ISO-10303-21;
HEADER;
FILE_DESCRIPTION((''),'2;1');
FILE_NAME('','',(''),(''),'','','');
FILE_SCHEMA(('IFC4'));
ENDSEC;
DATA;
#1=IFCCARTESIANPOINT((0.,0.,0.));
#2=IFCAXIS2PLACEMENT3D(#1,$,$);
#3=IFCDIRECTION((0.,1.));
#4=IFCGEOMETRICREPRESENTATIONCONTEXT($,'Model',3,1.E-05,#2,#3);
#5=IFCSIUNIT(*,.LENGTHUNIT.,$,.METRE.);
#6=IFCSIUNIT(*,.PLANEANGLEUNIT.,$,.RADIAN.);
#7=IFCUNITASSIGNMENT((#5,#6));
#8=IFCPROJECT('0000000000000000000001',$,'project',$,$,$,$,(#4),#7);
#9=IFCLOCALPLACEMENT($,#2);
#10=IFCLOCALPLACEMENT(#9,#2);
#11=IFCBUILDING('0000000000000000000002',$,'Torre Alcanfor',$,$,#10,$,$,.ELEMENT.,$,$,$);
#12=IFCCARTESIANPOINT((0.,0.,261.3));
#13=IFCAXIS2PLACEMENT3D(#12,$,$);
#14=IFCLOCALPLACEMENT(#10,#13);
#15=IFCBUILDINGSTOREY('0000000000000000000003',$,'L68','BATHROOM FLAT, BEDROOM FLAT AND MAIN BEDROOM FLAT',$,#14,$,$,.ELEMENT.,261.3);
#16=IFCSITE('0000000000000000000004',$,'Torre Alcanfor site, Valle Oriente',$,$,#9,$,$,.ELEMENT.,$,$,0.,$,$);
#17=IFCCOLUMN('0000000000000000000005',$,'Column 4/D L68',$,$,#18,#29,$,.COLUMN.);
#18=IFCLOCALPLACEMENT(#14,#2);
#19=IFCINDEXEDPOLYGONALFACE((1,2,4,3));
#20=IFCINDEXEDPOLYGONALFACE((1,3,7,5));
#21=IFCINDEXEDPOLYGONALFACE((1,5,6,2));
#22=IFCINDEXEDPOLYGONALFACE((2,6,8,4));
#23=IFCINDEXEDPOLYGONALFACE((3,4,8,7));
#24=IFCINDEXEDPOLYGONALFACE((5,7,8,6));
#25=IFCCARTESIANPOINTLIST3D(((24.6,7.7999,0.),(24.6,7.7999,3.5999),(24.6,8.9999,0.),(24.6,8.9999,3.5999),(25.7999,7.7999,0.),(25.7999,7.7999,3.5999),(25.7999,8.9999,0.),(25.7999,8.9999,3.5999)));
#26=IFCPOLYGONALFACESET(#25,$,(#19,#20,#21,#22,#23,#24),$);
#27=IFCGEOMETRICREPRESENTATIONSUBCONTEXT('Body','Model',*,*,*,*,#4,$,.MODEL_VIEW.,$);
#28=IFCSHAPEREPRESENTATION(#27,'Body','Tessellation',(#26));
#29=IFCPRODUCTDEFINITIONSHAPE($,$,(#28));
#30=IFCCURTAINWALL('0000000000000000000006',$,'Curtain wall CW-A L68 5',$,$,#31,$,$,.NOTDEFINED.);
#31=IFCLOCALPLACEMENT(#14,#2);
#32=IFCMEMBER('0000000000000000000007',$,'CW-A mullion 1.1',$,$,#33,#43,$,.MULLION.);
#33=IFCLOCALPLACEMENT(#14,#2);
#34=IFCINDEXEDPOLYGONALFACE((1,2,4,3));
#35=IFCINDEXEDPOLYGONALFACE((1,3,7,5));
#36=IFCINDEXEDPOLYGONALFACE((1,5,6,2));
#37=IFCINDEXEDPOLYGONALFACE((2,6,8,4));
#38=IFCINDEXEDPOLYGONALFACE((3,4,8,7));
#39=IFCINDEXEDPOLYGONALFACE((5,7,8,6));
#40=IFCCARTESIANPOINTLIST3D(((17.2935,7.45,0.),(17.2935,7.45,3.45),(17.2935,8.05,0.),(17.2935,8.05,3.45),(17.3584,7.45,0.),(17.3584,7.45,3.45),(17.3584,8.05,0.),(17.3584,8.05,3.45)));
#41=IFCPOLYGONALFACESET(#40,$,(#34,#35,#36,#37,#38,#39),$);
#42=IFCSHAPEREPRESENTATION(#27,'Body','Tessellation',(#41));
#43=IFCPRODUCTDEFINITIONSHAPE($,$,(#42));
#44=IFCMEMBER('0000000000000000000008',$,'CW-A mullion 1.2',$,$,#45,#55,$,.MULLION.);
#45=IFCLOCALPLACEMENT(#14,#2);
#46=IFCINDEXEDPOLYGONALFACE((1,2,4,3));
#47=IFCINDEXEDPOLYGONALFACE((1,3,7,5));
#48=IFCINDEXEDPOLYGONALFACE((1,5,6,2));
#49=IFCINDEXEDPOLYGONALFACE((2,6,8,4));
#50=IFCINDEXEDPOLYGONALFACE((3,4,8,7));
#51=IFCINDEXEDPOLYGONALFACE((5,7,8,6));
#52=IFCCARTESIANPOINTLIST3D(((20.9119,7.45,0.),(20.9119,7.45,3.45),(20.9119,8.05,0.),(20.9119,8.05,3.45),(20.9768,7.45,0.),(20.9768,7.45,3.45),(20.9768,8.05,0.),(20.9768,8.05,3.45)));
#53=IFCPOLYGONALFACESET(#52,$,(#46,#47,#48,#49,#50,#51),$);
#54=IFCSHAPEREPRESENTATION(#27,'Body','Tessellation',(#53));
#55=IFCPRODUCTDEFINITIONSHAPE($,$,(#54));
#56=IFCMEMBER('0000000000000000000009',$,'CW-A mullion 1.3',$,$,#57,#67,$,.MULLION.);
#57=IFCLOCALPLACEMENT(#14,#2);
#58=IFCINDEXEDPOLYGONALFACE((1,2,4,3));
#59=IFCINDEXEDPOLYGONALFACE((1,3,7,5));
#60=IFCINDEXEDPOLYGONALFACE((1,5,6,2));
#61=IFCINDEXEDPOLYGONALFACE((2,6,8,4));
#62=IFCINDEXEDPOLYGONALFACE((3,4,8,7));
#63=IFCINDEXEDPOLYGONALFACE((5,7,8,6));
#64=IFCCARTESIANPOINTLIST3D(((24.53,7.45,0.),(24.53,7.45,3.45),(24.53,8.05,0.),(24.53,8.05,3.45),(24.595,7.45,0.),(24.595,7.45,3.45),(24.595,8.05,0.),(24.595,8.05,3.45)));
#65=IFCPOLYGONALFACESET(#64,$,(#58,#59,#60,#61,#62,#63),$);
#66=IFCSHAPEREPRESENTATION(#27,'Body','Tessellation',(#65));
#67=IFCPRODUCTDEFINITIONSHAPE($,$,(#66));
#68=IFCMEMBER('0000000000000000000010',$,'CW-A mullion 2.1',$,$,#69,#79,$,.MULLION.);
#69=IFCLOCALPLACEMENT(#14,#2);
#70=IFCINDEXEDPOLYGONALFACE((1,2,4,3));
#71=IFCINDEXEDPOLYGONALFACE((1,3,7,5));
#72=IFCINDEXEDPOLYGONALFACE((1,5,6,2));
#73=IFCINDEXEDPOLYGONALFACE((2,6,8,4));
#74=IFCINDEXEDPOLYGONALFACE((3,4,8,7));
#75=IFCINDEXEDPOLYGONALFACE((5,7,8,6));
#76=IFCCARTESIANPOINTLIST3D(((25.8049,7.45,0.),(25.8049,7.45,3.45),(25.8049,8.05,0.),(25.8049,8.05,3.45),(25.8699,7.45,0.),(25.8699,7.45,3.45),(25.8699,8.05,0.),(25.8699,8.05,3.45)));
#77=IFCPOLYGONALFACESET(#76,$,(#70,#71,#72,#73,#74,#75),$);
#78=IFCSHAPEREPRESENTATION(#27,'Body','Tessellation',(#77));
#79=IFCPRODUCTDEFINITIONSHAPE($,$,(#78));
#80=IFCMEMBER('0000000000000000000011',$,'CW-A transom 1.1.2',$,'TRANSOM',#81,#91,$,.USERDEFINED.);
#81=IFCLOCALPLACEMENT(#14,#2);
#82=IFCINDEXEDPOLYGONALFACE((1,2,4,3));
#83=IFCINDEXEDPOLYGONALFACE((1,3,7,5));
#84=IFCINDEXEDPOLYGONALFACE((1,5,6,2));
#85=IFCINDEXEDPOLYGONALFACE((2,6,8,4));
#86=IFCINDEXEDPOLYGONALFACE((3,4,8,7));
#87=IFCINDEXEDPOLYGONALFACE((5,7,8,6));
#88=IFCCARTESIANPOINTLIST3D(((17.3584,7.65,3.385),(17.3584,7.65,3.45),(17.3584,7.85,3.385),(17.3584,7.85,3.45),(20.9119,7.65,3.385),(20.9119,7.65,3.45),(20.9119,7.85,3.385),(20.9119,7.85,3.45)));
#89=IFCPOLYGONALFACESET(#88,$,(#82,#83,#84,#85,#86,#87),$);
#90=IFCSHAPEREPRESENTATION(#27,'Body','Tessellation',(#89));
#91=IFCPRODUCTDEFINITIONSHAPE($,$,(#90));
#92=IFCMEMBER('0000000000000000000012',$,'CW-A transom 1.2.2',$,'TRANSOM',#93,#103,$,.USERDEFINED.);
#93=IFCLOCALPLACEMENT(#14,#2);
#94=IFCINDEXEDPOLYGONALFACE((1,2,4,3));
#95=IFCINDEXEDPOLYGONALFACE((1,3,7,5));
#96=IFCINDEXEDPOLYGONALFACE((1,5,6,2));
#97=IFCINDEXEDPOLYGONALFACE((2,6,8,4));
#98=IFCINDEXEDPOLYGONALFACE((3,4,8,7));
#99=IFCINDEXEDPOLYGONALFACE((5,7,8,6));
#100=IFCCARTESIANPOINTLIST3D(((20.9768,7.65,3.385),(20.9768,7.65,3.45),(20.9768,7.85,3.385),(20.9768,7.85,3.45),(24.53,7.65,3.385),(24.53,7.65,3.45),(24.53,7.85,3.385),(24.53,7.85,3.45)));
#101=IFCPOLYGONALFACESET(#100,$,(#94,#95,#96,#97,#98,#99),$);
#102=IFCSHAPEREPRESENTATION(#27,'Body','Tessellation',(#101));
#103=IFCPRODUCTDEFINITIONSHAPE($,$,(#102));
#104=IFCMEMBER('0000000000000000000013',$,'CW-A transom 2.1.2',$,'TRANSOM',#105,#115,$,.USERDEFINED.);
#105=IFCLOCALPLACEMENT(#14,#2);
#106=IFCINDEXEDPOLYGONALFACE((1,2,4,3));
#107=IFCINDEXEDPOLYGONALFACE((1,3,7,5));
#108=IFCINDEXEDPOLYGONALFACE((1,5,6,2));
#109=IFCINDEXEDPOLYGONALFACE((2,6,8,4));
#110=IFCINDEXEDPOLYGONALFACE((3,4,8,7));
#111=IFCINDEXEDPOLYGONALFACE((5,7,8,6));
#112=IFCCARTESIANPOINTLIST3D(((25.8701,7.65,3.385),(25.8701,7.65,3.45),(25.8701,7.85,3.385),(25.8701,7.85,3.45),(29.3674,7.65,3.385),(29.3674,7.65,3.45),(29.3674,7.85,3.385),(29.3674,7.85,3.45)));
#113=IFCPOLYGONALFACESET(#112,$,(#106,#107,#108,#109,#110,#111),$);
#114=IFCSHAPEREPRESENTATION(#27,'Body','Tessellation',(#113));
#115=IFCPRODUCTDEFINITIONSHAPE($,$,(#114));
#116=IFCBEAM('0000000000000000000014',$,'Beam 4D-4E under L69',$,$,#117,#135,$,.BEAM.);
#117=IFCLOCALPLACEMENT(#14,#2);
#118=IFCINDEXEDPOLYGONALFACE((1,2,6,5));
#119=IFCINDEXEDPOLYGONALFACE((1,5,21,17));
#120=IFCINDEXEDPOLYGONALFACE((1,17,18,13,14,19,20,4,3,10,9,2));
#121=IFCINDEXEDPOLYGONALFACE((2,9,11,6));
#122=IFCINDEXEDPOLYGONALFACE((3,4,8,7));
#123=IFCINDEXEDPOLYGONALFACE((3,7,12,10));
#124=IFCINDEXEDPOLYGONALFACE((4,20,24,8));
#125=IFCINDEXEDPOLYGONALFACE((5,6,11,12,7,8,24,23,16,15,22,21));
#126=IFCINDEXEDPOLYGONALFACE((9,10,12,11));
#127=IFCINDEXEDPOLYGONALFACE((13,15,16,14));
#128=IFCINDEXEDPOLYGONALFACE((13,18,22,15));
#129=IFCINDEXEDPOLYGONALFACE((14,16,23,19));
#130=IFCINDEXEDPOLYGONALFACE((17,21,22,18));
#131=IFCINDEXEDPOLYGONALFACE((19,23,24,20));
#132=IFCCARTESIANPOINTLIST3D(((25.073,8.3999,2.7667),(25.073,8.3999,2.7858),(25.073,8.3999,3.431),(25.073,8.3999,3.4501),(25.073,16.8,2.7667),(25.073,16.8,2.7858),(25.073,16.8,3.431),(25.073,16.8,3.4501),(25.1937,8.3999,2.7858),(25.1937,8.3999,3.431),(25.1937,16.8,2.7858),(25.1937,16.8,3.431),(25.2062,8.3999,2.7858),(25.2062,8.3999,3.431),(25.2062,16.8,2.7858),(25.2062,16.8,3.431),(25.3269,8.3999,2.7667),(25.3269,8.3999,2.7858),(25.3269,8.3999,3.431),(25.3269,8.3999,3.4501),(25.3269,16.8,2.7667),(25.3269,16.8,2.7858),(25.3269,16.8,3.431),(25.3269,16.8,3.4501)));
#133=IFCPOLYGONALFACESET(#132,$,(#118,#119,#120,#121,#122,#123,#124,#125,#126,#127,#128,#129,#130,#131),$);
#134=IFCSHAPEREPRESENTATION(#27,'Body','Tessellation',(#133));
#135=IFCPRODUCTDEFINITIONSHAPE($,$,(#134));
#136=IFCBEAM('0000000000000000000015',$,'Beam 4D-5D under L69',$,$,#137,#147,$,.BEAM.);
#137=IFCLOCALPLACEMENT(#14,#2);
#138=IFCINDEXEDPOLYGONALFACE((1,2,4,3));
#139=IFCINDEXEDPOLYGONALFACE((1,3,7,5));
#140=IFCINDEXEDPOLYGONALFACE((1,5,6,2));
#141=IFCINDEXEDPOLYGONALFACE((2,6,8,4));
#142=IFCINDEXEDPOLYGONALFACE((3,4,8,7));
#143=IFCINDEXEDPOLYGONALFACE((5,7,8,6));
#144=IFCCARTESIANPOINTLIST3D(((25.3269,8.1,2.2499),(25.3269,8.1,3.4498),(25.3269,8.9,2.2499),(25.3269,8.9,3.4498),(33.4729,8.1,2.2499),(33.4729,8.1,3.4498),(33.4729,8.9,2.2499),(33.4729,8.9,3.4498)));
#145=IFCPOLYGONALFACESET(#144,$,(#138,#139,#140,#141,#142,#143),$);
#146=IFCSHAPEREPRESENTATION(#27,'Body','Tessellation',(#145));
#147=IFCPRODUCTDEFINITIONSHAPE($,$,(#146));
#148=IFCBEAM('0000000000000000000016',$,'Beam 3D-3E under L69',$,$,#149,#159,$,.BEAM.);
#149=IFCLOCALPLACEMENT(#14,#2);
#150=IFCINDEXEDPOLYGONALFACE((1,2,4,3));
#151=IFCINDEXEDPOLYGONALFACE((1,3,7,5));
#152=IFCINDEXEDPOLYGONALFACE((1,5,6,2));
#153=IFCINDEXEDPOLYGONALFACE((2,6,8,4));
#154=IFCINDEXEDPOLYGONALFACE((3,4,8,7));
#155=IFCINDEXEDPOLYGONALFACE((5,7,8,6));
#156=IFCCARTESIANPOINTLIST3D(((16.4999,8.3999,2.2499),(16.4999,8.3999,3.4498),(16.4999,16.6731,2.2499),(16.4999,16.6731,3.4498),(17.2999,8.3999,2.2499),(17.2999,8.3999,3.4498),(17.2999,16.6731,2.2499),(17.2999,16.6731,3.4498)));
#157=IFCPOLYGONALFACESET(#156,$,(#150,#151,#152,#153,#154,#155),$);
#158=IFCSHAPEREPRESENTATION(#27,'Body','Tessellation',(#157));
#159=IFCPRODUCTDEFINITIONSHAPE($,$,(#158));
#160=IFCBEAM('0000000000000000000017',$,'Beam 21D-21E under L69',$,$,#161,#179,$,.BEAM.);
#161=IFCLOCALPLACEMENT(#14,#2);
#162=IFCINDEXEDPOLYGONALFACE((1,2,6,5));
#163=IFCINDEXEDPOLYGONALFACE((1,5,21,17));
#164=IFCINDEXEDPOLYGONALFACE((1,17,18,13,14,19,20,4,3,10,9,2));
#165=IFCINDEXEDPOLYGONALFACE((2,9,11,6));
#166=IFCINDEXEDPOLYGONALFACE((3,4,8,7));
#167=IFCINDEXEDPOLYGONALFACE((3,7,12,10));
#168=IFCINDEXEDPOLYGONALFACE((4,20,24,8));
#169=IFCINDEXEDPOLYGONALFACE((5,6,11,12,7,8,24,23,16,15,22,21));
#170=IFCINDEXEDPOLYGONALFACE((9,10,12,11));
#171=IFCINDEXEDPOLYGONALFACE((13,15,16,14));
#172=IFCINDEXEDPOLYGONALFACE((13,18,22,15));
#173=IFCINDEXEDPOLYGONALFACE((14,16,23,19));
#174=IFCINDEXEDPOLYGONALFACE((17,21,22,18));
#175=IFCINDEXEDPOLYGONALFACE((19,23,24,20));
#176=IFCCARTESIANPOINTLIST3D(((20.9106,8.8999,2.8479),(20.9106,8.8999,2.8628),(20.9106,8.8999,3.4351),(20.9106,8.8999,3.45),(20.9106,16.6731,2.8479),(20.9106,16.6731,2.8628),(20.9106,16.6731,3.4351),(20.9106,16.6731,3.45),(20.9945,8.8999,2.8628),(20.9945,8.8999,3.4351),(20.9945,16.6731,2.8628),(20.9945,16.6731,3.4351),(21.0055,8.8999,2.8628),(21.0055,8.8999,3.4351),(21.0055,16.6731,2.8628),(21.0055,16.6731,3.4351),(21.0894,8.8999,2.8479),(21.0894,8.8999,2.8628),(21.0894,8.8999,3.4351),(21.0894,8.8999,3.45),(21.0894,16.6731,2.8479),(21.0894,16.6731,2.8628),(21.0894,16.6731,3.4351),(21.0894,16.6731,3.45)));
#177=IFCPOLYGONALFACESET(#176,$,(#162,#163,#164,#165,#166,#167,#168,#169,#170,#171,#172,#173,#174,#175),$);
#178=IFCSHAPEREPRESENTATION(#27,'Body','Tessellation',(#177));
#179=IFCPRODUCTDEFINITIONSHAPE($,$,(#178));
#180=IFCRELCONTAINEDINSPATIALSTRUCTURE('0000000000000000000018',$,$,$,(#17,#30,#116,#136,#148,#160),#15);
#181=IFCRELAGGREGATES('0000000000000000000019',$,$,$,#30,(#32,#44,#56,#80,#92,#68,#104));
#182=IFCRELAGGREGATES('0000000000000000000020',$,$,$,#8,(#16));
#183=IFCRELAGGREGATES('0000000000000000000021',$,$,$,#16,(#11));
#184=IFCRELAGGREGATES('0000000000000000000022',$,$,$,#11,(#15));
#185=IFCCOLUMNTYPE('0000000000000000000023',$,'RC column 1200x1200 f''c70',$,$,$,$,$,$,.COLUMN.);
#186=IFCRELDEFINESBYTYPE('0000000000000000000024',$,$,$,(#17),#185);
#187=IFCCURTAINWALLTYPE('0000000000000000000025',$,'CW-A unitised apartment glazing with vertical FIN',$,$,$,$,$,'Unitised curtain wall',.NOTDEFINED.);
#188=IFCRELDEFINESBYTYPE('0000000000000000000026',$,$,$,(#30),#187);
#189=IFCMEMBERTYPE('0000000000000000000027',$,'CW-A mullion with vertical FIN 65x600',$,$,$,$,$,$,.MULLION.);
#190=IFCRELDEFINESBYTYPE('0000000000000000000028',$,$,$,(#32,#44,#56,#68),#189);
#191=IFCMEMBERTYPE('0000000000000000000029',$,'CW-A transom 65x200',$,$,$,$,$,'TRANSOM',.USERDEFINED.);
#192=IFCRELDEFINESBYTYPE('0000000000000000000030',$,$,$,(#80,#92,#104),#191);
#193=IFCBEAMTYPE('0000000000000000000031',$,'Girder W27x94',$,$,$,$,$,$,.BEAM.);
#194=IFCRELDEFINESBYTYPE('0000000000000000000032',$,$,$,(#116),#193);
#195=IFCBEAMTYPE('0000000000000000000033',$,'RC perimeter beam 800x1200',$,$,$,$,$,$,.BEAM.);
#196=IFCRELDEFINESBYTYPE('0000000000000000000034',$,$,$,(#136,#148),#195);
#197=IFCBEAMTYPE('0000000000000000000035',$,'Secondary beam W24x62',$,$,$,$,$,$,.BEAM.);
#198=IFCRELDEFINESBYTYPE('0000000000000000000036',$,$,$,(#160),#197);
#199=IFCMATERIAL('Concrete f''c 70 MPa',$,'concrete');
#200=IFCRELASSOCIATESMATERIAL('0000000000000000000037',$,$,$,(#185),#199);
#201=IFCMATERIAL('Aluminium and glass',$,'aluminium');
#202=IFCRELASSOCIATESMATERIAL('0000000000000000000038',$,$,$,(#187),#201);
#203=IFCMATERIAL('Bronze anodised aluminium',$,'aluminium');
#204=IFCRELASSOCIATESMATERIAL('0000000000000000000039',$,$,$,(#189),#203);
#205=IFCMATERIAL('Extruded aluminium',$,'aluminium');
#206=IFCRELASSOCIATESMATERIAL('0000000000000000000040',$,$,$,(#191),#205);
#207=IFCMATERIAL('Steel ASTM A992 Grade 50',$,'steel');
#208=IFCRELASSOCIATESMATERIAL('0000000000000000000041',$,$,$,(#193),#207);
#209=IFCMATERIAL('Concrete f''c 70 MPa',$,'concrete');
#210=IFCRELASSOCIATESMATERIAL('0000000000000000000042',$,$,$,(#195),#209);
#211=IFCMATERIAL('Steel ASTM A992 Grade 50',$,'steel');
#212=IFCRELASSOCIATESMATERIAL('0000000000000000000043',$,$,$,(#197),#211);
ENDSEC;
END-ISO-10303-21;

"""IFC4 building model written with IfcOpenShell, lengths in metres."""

from ifc_helpers import new_model, si_unit, direction, frame, origin, origin_2d, place, context, subcontext, project, spatial, rectangle, i_section, extrude, material, material_profile, profile_set, type_object, element, aggregate, save


model = new_model("IFC4")

# Units and contexts
model_context = context("Model", 3, precision=1e-05, world=origin(), true_north=direction((0.0, 1.0)))
body_context = subcontext(model_context, "Body", "Model", "MODEL_VIEW")
ifc_project = project(units=[si_unit("LENGTHUNIT", "METRE"), si_unit("PLANEANGLEUNIT", "RADIAN")], contexts=[model_context])

# Site, building, storey
site_placement = place(None, origin())
site = spatial("IfcSite", under=ifc_project, at=site_placement, Name="Torre Alcanfor site, Valle Oriente", CompositionType="ELEMENT", RefElevation=0.0)
building_placement = place(site_placement, origin())
building = spatial("IfcBuilding", under=site, at=building_placement, Name="Torre Alcanfor", CompositionType="ELEMENT")
storey_placement = place(building_placement, frame((0.0, 0.0, 261.3)))
storey = spatial("IfcBuildingStorey", under=building, at=storey_placement, Name="L68", Description="BATHROOM FLAT, BEDROOM FLAT AND MAIN BEDROOM FLAT", CompositionType="ELEMENT", Elevation=261.3)

# Column
ifc_material_1 = material(Name="Concrete f'c 70 MPa", Category="concrete")
ifc_material_profile_1 = material_profile(ifc_material_1, rectangle(XDim=1.2, YDim=1.2, at=origin_2d()), Name="1200x1200")
ifc_profile_set_1 = profile_set([ifc_material_profile_1], Name="Concrete f'c 70 MPa")
column_type = type_object("IfcColumnType", Name="RC column 1200x1200 f'c70", PredefinedType="COLUMN", material=ifc_profile_set_1)
column_placement = place(storey_placement, frame((25.2, 8.3999, 0.0), z_axis=(0.0, 0.0, 1.0), x_axis=(1.0, 0.0, 0.0)))
element("IfcColumn", 1, at=column_placement, inside=storey, type_object=column_type, Name="Column 4/D L68", PredefinedType="COLUMN", context=body_context, shape_type="SweptSolid", body=[
    extrude(rectangle(XDim=1.2, YDim=1.2, at=origin_2d()), origin(), (0.0, 0.0, 1.0), 3.5999),
])

# Curtain wall, members
ifc_material_2 = material(Name="Aluminium and glass", Category="aluminium")
curtain_wall_type = type_object("IfcCurtainWallType", Name="CW-A unitised apartment glazing with vertical FIN", ElementType="Unitised curtain wall", PredefinedType="NOTDEFINED", material=ifc_material_2)
curtain_wall_placement = place(storey_placement, origin())
curtain_wall = element("IfcCurtainWall", 2, at=curtain_wall_placement, inside=storey, type_object=curtain_wall_type, Name="Curtain wall CW-A L68 5", PredefinedType="NOTDEFINED")
ifc_material_3 = material(Name="Bronze anodised aluminium", Category="aluminium")
ifc_material_profile_2 = material_profile(ifc_material_3, rectangle(XDim=0.6001, YDim=0.0649, at=origin_2d()), Name="CW-A mullion 65x600")
ifc_profile_set_2 = profile_set([ifc_material_profile_2], Name="Bronze anodised aluminium")
member_type_1 = type_object("IfcMemberType", Name="CW-A mullion with vertical FIN 65x600", PredefinedType="MULLION", material=ifc_profile_set_2)
member_1_placement = place(storey_placement, frame((17.3259, 7.75, 0.0), z_axis=(0.0, 0.0, 1.0), x_axis=(0.0, 1.0, 0.0)))
member_1 = element("IfcMember", 3, at=member_1_placement, type_object=member_type_1, Name="CW-A mullion 1.1", PredefinedType="MULLION", context=body_context, shape_type="SweptSolid", body=[
    extrude(rectangle(XDim=0.6001, YDim=0.0649, at=origin_2d()), origin(), (0.0, 0.0, 1.0), 3.45),
])
member_2_placement = place(storey_placement, frame((20.9443, 7.75, 0.0), z_axis=(0.0, 0.0, 1.0), x_axis=(0.0, 1.0, 0.0)))
member_2 = element("IfcMember", 4, at=member_2_placement, type_object=member_type_1, Name="CW-A mullion 1.2", PredefinedType="MULLION", context=body_context, shape_type="SweptSolid", body=[
    extrude(rectangle(XDim=0.6001, YDim=0.0649, at=origin_2d()), origin(), (0.0, 0.0, 1.0), 3.45),
])
member_3_placement = place(storey_placement, frame((24.5625, 7.75, 0.0), z_axis=(0.0, 0.0, 1.0), x_axis=(0.0, 1.0, 0.0)))
member_3 = element("IfcMember", 5, at=member_3_placement, type_object=member_type_1, Name="CW-A mullion 1.3", PredefinedType="MULLION", context=body_context, shape_type="SweptSolid", body=[
    extrude(rectangle(XDim=0.6001, YDim=0.0649, at=origin_2d()), origin(), (0.0, 0.0, 1.0), 3.45),
])
member_4_placement = place(storey_placement, frame((25.8374, 7.75, 0.0), z_axis=(0.0, 0.0, 1.0), x_axis=(0.0, 1.0, 0.0)))
member_4 = element("IfcMember", 6, at=member_4_placement, type_object=member_type_1, Name="CW-A mullion 2.1", PredefinedType="MULLION", context=body_context, shape_type="SweptSolid", body=[
    extrude(rectangle(XDim=0.6001, YDim=0.0649, at=origin_2d()), origin(), (0.0, 0.0, 1.0), 3.45),
])
ifc_material_4 = material(Name="Extruded aluminium", Category="aluminium")
ifc_material_profile_3 = material_profile(ifc_material_4, rectangle(XDim=0.2, YDim=0.0649, at=origin_2d()), Name="CW-A transom 200x65")
ifc_profile_set_3 = profile_set([ifc_material_profile_3], Name="Extruded aluminium")
member_type_2 = type_object("IfcMemberType", Name="CW-A transom 65x200", ElementType="TRANSOM", PredefinedType="USERDEFINED", material=ifc_profile_set_3)
member_5_placement = place(storey_placement, frame((17.3584, 7.75, 3.4175), z_axis=(1.0, 0.0, 0.0), x_axis=(0.0, 1.0, 0.0)))
member_5 = element("IfcMember", 7, at=member_5_placement, type_object=member_type_2, Name="CW-A transom 1.1.2", ObjectType="TRANSOM", PredefinedType="USERDEFINED", context=body_context, shape_type="SweptSolid", body=[
    extrude(rectangle(XDim=0.2, YDim=0.0649, at=origin_2d()), origin(), (0.0, 0.0, 1.0), 3.5535),
])
member_6_placement = place(storey_placement, frame((20.9768, 7.75, 3.4175), z_axis=(1.0, 0.0, 0.0), x_axis=(0.0, 1.0, 0.0)))
member_6 = element("IfcMember", 8, at=member_6_placement, type_object=member_type_2, Name="CW-A transom 1.2.2", ObjectType="TRANSOM", PredefinedType="USERDEFINED", context=body_context, shape_type="SweptSolid", body=[
    extrude(rectangle(XDim=0.2, YDim=0.0649, at=origin_2d()), origin(), (0.0, 0.0, 1.0), 3.5532),
])
member_7_placement = place(storey_placement, frame((25.8701, 7.75, 3.4175), z_axis=(1.0, 0.0, 0.0), x_axis=(0.0, 1.0, 0.0)))
member_7 = element("IfcMember", 9, at=member_7_placement, type_object=member_type_2, Name="CW-A transom 2.1.2", ObjectType="TRANSOM", PredefinedType="USERDEFINED", context=body_context, shape_type="SweptSolid", body=[
    extrude(rectangle(XDim=0.2, YDim=0.0649, at=origin_2d()), origin(), (0.0, 0.0, 1.0), 3.4973),
])

# Beams
ifc_material_5 = material(Name="Steel ASTM A992 Grade 50", Category="steel")
ifc_material_profile_4 = material_profile(ifc_material_5, i_section(OverallWidth=0.2539, OverallDepth=0.6833, WebThickness=0.0125, FlangeThickness=0.019, at=origin_2d()), Name="W27x94")
ifc_profile_set_4 = profile_set([ifc_material_profile_4], Name="Steel ASTM A992 Grade 50")
beam_type_1 = type_object("IfcBeamType", Name="Girder W27x94", PredefinedType="BEAM", material=ifc_profile_set_4)
beam_1_placement = place(storey_placement, frame((25.2, 8.3999, 3.1084), z_axis=(0.0, 1.0, 0.0), x_axis=(-1.0, 0.0, 0.0)))
element("IfcBeam", 10, at=beam_1_placement, inside=storey, type_object=beam_type_1, Name="Beam 4D-4E under L69", PredefinedType="BEAM", context=body_context, shape_type="SweptSolid", body=[
    extrude(i_section(OverallWidth=0.2539, OverallDepth=0.6833, WebThickness=0.0125, FlangeThickness=0.019, at=origin_2d()), origin(), (0.0, 0.0, 1.0), 8.4001),
])
ifc_material_6 = material(Name="Concrete f'c 70 MPa", Category="concrete")
ifc_material_profile_5 = material_profile(ifc_material_6, rectangle(XDim=0.8, YDim=1.2, at=origin_2d()), Name="800x1200")
ifc_profile_set_5 = profile_set([ifc_material_profile_5], Name="Concrete f'c 70 MPa")
beam_type_2 = type_object("IfcBeamType", Name="RC perimeter beam 800x1200", PredefinedType="BEAM", material=ifc_profile_set_5)
beam_2_placement = place(storey_placement, frame((25.3269, 8.5, 2.8499), z_axis=(1.0, 0.0, 0.0), x_axis=(0.0, 1.0, 0.0)))
element("IfcBeam", 11, at=beam_2_placement, inside=storey, type_object=beam_type_2, Name="Beam 4D-5D under L69", PredefinedType="BEAM", context=body_context, shape_type="SweptSolid", body=[
    extrude(rectangle(XDim=0.8, YDim=1.2, at=origin_2d()), origin(), (0.0, 0.0, 1.0), 8.146),
])
beam_3_placement = place(storey_placement, frame((16.8999, 8.3999, 2.8499), z_axis=(0.0, 1.0, 0.0), x_axis=(-1.0, 0.0, 0.0)))
element("IfcBeam", 12, at=beam_3_placement, inside=storey, type_object=beam_type_2, Name="Beam 3D-3E under L69", PredefinedType="BEAM", context=body_context, shape_type="SweptSolid", body=[
    extrude(rectangle(XDim=0.8, YDim=1.2, at=origin_2d()), origin(), (0.0, 0.0, 1.0), 8.2732),
])
ifc_material_7 = material(Name="Steel ASTM A992 Grade 50", Category="steel")
ifc_material_profile_6 = material_profile(ifc_material_7, i_section(OverallWidth=0.1787, OverallDepth=0.6021, WebThickness=0.011, FlangeThickness=0.0149, at=origin_2d()), Name="W24x62")
ifc_profile_set_6 = profile_set([ifc_material_profile_6], Name="Steel ASTM A992 Grade 50")
beam_type_3 = type_object("IfcBeamType", Name="Secondary beam W24x62", PredefinedType="BEAM", material=ifc_profile_set_6)
for number, where, z_axis, x_axis, name in (
    (13, (21.0, 8.8999, 3.1489), (0.0, 1.0, 0.0), (-1.0, 0.0, 0.0), "Beam 21D-21E under L69"),
):
    element("IfcBeam", number, at=place(storey_placement, frame(where, z_axis=z_axis, x_axis=x_axis)), inside=storey, type_object=beam_type_3, Name=name, PredefinedType="BEAM", context=body_context, shape_type="SweptSolid", body=[
        extrude(i_section(OverallWidth=0.1787, OverallDepth=0.6021, WebThickness=0.011, FlangeThickness=0.0149, at=origin_2d()), origin(), (0.0, 0.0, 1.0), 7.7732),
    ])

aggregate(curtain_wall, [member_1, member_2, member_3, member_5, member_6, member_4, member_7])

save(model, "model.ifc")
